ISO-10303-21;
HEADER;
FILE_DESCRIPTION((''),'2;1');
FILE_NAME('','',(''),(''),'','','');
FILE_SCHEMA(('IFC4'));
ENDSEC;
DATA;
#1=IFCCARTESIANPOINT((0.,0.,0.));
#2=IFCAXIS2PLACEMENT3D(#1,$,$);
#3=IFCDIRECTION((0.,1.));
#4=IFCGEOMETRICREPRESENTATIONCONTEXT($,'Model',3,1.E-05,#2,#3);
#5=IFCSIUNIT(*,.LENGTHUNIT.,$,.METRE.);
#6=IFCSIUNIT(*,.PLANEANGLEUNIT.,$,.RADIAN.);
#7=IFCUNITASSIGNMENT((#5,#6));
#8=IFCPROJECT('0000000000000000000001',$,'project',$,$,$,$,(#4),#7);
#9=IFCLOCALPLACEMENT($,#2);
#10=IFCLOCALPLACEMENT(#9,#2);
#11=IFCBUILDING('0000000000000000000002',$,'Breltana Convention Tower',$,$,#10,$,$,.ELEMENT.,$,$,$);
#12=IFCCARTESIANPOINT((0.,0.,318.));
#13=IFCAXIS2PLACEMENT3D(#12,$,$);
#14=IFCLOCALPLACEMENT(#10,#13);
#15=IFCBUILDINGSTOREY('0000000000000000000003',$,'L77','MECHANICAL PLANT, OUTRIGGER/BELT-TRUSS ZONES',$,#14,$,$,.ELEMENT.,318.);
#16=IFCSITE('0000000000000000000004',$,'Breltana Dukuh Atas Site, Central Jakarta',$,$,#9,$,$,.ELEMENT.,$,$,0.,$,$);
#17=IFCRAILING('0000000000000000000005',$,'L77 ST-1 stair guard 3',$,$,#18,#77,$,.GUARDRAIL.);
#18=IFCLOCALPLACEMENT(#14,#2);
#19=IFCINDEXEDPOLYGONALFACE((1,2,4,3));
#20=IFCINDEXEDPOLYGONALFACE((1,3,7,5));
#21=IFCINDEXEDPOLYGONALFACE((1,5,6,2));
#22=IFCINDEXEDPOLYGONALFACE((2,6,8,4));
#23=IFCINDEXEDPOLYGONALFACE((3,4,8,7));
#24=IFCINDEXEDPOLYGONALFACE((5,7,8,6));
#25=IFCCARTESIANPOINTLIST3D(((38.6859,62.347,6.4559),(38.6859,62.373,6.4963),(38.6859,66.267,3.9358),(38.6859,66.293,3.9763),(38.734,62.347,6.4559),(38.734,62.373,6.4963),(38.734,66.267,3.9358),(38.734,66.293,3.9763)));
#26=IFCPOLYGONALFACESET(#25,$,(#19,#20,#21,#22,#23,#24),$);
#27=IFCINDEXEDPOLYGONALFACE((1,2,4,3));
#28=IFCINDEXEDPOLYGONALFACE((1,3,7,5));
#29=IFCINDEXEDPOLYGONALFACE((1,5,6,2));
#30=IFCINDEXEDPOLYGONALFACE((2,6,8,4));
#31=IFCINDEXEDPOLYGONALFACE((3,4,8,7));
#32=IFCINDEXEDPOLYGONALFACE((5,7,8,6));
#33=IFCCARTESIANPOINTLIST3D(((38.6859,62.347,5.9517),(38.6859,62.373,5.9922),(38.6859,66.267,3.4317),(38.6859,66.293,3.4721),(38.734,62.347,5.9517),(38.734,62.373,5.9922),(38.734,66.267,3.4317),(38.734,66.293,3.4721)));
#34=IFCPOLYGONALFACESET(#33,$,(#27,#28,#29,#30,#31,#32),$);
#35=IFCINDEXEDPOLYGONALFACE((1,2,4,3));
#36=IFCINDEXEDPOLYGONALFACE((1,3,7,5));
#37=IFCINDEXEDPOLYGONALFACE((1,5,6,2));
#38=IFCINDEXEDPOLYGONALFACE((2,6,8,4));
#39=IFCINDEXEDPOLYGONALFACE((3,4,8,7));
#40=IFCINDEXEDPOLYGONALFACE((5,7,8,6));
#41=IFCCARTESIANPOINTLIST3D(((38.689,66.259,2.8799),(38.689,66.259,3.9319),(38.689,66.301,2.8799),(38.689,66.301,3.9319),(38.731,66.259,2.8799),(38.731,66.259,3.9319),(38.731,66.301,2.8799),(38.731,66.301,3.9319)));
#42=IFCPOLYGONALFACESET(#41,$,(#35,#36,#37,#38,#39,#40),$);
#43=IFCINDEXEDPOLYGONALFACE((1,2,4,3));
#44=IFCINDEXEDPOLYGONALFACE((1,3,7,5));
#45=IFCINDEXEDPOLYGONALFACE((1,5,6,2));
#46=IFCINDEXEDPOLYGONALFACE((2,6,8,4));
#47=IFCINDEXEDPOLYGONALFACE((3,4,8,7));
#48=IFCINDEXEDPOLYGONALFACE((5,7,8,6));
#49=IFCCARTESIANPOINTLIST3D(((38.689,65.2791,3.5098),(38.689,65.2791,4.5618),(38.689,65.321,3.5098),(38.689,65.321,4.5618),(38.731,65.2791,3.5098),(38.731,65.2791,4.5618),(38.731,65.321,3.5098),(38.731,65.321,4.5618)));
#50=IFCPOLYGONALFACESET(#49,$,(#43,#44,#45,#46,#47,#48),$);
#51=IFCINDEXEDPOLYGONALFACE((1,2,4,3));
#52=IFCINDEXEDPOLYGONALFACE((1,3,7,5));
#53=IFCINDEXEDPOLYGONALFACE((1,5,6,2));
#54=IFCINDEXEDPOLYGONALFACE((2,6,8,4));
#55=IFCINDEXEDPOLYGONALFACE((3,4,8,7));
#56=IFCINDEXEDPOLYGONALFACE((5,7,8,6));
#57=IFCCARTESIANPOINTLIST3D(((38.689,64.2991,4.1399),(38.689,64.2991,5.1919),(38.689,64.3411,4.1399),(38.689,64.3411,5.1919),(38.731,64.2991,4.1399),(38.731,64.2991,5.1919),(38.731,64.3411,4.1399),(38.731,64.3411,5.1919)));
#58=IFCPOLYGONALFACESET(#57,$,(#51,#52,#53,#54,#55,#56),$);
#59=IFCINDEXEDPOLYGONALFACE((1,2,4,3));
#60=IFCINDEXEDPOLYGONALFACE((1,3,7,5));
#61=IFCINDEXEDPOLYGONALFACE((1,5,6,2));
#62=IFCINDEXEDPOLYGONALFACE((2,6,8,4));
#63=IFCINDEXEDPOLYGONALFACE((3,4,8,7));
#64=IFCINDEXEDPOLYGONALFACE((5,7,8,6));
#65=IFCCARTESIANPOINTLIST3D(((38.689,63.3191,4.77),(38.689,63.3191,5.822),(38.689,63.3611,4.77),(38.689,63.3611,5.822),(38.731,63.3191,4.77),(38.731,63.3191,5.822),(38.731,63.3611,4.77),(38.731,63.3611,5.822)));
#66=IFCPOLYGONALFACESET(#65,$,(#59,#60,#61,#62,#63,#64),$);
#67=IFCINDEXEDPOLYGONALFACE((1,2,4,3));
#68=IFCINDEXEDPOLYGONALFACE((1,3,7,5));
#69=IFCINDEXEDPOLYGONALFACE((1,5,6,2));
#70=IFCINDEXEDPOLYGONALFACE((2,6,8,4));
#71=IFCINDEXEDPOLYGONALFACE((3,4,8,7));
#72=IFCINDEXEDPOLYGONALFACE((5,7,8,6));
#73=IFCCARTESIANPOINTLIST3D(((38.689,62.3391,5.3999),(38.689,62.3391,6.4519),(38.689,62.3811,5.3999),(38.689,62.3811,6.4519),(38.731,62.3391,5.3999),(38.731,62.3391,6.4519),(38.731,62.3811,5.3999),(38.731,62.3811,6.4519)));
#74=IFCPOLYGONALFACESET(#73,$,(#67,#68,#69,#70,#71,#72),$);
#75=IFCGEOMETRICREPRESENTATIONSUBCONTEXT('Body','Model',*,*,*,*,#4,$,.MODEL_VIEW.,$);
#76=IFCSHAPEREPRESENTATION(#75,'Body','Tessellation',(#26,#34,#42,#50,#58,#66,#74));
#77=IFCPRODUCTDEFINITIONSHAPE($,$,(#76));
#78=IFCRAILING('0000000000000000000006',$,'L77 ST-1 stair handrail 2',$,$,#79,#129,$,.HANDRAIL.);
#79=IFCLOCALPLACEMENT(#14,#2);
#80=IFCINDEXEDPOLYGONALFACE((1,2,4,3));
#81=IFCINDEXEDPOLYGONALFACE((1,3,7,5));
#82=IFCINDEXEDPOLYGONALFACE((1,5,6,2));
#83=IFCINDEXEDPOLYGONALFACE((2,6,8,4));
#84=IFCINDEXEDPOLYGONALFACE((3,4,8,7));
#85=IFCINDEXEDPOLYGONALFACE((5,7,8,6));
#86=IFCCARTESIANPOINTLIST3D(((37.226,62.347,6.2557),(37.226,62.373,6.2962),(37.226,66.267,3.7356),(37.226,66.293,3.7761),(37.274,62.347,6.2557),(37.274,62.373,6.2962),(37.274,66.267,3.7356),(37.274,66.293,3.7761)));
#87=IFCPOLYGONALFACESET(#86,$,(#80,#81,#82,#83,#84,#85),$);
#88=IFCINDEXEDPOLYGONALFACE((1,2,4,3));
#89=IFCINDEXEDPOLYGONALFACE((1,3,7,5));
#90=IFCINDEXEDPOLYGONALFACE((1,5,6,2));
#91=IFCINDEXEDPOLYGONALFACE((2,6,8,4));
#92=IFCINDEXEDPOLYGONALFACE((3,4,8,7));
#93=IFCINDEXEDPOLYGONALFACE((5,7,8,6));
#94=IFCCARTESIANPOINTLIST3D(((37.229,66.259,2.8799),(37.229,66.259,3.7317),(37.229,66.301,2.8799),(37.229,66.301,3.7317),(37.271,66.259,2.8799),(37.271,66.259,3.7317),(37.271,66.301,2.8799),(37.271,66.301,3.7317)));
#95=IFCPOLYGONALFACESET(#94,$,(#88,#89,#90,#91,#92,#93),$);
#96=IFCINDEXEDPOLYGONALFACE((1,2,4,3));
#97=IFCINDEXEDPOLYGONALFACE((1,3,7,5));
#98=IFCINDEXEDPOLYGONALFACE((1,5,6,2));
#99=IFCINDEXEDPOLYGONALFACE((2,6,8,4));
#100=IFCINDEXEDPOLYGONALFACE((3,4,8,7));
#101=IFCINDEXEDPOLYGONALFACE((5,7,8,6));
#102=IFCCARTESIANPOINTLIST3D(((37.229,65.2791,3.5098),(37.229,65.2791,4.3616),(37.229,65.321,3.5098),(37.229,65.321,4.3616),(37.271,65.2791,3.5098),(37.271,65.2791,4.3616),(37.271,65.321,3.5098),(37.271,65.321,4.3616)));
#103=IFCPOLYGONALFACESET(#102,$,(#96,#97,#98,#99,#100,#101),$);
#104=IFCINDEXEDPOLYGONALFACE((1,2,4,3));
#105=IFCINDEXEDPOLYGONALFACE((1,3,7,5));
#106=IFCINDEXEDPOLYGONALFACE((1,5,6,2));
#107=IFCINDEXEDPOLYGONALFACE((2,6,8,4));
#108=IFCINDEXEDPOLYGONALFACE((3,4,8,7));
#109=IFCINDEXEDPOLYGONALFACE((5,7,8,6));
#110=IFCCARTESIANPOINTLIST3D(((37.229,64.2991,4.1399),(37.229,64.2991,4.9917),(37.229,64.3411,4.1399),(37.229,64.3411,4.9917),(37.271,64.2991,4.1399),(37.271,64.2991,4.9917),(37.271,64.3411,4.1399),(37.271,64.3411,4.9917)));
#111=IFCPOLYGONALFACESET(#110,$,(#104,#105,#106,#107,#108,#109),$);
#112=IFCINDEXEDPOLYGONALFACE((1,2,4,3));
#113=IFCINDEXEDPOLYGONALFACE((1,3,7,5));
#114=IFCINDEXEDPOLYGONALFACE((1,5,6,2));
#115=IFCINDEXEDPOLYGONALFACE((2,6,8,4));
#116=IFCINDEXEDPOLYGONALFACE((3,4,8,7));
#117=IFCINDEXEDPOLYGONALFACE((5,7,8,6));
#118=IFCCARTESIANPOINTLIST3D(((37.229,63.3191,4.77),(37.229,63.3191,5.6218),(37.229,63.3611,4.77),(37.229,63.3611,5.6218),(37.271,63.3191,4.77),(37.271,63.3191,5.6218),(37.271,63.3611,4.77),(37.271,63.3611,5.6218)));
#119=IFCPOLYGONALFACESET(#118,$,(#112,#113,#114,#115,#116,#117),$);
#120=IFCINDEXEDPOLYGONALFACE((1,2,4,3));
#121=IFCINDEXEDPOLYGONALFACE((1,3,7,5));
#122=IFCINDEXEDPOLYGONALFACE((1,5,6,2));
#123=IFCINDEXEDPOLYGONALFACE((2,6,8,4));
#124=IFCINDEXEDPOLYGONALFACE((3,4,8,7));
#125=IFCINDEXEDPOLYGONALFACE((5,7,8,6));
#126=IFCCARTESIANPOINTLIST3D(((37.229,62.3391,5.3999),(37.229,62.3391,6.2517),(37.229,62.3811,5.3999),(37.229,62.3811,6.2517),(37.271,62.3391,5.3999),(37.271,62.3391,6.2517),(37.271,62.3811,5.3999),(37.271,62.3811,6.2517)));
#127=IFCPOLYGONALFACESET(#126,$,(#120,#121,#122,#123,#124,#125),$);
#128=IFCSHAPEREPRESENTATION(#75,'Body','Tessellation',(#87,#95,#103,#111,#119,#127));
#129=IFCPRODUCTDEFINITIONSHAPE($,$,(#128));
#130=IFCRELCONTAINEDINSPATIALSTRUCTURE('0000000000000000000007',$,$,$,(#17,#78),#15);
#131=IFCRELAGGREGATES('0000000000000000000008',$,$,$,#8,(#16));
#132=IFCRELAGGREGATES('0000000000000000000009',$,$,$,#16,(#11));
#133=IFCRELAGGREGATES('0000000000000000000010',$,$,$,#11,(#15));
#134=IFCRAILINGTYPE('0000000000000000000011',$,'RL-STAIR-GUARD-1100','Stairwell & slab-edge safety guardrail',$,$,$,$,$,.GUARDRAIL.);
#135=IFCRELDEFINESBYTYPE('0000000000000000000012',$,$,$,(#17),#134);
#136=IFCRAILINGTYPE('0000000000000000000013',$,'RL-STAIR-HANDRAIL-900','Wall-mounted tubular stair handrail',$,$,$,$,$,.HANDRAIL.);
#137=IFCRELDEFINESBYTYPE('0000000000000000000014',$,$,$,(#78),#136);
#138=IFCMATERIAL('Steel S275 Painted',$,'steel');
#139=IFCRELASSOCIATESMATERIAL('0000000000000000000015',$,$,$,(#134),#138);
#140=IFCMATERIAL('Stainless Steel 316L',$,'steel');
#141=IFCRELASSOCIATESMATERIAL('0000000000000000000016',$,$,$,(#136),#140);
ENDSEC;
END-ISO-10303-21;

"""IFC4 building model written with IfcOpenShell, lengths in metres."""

from ifc_helpers import new_model, si_unit, direction, frame, origin, origin_2d, place, context, subcontext, project, spatial, rectangle, extrude, material, type_object, element, save


model = new_model("IFC4")

# Units and contexts
model_context = context("Model", 3, precision=1e-05, world=origin(), true_north=direction((0.0, 1.0)))
body_context = subcontext(model_context, "Body", "Model", "MODEL_VIEW")
ifc_project = project(units=[si_unit("LENGTHUNIT", "METRE"), si_unit("PLANEANGLEUNIT", "RADIAN")], contexts=[model_context])

# Site, building, storey
site_placement = place(None, origin())
site = spatial("IfcSite", under=ifc_project, at=site_placement, Name="Breltana Dukuh Atas Site, Central Jakarta", CompositionType="ELEMENT", RefElevation=0.0)
building_placement = place(site_placement, origin())
building = spatial("IfcBuilding", under=site, at=building_placement, Name="Breltana Convention Tower", CompositionType="ELEMENT")
storey_placement = place(building_placement, frame((0.0, 0.0, 318.0)))
storey = spatial("IfcBuildingStorey", under=building, at=storey_placement, Name="L77", Description="MECHANICAL PLANT, OUTRIGGER/BELT-TRUSS ZONES", CompositionType="ELEMENT", Elevation=318.0)

# Railings
ifc_material_1 = material(Name="Steel S275 Painted", Category="steel")
railing_type_1 = type_object("IfcRailingType", Name="RL-STAIR-GUARD-1100", Description="Stairwell & slab-edge safety guardrail", PredefinedType="GUARDRAIL", material=ifc_material_1)
railing_1_placement = place(storey_placement, frame((38.71, 66.28, 2.8799)))
element("IfcRailing", 1, at=railing_1_placement, inside=storey, type_object=railing_type_1, Name="L77 ST-1 stair guard 3", PredefinedType="GUARDRAIL", context=body_context, shape_type="SweptSolid", body=[
    extrude(rectangle(XDim=0.0481, YDim=0.0481, at=origin_2d()), frame((0.0, 0.0, 1.0762), z_axis=(0.0, -0.841172, 0.540768), x_axis=(1.0, 0.0, 0.0)), (0.0, 0.0, 1.0), 4.6602),
    extrude(rectangle(XDim=0.0481, YDim=0.0481, at=origin_2d()), frame((0.0, 0.0, 0.572), z_axis=(0.0, -0.841172, 0.540768), x_axis=(1.0, 0.0, 0.0)), (0.0, 0.0, 1.0), 4.6602),
    extrude(rectangle(XDim=0.042, YDim=0.042, at=origin_2d()), origin(), (0.0, 0.0, 1.0), 1.052),
    extrude(rectangle(XDim=0.042, YDim=0.042, at=origin_2d()), frame((0.0, -0.98, 0.6299)), (0.0, 0.0, 1.0), 1.052),
    extrude(rectangle(XDim=0.042, YDim=0.042, at=origin_2d()), frame((0.0, -1.96, 1.26)), (0.0, 0.0, 1.0), 1.052),
    extrude(rectangle(XDim=0.042, YDim=0.042, at=origin_2d()), frame((0.0, -2.9399, 1.8901)), (0.0, 0.0, 1.0), 1.052),
    extrude(rectangle(XDim=0.042, YDim=0.042, at=origin_2d()), frame((0.0, -3.9199, 2.52)), (0.0, 0.0, 1.0), 1.052),
])
ifc_material_2 = material(Name="Stainless Steel 316L", Category="steel")
railing_type_2 = type_object("IfcRailingType", Name="RL-STAIR-HANDRAIL-900", Description="Wall-mounted tubular stair handrail", PredefinedType="HANDRAIL", material=ifc_material_2)
railing_2_placement = place(storey_placement, frame((37.25, 66.28, 2.8799)))
element("IfcRailing", 2, at=railing_2_placement, inside=storey, type_object=railing_type_2, Name="L77 ST-1 stair handrail 2", PredefinedType="HANDRAIL", context=body_context, shape_type="SweptSolid", body=[
    extrude(rectangle(XDim=0.0481, YDim=0.0481, at=origin_2d()), frame((0.0, 0.0, 0.876), z_axis=(0.0, -0.841172, 0.540768), x_axis=(1.0, 0.0, 0.0)), (0.0, 0.0, 1.0), 4.6602),
    extrude(rectangle(XDim=0.042, YDim=0.042, at=origin_2d()), origin(), (0.0, 0.0, 1.0), 0.8518),
    extrude(rectangle(XDim=0.042, YDim=0.042, at=origin_2d()), frame((0.0, -0.98, 0.6299)), (0.0, 0.0, 1.0), 0.8518),
    extrude(rectangle(XDim=0.042, YDim=0.042, at=origin_2d()), frame((0.0, -1.96, 1.26)), (0.0, 0.0, 1.0), 0.8518),
    extrude(rectangle(XDim=0.042, YDim=0.042, at=origin_2d()), frame((0.0, -2.9399, 1.8901)), (0.0, 0.0, 1.0), 0.8518),
    extrude(rectangle(XDim=0.042, YDim=0.042, at=origin_2d()), frame((0.0, -3.9199, 2.52)), (0.0, 0.0, 1.0), 0.8518),
])

save(model, "model.ifc")
